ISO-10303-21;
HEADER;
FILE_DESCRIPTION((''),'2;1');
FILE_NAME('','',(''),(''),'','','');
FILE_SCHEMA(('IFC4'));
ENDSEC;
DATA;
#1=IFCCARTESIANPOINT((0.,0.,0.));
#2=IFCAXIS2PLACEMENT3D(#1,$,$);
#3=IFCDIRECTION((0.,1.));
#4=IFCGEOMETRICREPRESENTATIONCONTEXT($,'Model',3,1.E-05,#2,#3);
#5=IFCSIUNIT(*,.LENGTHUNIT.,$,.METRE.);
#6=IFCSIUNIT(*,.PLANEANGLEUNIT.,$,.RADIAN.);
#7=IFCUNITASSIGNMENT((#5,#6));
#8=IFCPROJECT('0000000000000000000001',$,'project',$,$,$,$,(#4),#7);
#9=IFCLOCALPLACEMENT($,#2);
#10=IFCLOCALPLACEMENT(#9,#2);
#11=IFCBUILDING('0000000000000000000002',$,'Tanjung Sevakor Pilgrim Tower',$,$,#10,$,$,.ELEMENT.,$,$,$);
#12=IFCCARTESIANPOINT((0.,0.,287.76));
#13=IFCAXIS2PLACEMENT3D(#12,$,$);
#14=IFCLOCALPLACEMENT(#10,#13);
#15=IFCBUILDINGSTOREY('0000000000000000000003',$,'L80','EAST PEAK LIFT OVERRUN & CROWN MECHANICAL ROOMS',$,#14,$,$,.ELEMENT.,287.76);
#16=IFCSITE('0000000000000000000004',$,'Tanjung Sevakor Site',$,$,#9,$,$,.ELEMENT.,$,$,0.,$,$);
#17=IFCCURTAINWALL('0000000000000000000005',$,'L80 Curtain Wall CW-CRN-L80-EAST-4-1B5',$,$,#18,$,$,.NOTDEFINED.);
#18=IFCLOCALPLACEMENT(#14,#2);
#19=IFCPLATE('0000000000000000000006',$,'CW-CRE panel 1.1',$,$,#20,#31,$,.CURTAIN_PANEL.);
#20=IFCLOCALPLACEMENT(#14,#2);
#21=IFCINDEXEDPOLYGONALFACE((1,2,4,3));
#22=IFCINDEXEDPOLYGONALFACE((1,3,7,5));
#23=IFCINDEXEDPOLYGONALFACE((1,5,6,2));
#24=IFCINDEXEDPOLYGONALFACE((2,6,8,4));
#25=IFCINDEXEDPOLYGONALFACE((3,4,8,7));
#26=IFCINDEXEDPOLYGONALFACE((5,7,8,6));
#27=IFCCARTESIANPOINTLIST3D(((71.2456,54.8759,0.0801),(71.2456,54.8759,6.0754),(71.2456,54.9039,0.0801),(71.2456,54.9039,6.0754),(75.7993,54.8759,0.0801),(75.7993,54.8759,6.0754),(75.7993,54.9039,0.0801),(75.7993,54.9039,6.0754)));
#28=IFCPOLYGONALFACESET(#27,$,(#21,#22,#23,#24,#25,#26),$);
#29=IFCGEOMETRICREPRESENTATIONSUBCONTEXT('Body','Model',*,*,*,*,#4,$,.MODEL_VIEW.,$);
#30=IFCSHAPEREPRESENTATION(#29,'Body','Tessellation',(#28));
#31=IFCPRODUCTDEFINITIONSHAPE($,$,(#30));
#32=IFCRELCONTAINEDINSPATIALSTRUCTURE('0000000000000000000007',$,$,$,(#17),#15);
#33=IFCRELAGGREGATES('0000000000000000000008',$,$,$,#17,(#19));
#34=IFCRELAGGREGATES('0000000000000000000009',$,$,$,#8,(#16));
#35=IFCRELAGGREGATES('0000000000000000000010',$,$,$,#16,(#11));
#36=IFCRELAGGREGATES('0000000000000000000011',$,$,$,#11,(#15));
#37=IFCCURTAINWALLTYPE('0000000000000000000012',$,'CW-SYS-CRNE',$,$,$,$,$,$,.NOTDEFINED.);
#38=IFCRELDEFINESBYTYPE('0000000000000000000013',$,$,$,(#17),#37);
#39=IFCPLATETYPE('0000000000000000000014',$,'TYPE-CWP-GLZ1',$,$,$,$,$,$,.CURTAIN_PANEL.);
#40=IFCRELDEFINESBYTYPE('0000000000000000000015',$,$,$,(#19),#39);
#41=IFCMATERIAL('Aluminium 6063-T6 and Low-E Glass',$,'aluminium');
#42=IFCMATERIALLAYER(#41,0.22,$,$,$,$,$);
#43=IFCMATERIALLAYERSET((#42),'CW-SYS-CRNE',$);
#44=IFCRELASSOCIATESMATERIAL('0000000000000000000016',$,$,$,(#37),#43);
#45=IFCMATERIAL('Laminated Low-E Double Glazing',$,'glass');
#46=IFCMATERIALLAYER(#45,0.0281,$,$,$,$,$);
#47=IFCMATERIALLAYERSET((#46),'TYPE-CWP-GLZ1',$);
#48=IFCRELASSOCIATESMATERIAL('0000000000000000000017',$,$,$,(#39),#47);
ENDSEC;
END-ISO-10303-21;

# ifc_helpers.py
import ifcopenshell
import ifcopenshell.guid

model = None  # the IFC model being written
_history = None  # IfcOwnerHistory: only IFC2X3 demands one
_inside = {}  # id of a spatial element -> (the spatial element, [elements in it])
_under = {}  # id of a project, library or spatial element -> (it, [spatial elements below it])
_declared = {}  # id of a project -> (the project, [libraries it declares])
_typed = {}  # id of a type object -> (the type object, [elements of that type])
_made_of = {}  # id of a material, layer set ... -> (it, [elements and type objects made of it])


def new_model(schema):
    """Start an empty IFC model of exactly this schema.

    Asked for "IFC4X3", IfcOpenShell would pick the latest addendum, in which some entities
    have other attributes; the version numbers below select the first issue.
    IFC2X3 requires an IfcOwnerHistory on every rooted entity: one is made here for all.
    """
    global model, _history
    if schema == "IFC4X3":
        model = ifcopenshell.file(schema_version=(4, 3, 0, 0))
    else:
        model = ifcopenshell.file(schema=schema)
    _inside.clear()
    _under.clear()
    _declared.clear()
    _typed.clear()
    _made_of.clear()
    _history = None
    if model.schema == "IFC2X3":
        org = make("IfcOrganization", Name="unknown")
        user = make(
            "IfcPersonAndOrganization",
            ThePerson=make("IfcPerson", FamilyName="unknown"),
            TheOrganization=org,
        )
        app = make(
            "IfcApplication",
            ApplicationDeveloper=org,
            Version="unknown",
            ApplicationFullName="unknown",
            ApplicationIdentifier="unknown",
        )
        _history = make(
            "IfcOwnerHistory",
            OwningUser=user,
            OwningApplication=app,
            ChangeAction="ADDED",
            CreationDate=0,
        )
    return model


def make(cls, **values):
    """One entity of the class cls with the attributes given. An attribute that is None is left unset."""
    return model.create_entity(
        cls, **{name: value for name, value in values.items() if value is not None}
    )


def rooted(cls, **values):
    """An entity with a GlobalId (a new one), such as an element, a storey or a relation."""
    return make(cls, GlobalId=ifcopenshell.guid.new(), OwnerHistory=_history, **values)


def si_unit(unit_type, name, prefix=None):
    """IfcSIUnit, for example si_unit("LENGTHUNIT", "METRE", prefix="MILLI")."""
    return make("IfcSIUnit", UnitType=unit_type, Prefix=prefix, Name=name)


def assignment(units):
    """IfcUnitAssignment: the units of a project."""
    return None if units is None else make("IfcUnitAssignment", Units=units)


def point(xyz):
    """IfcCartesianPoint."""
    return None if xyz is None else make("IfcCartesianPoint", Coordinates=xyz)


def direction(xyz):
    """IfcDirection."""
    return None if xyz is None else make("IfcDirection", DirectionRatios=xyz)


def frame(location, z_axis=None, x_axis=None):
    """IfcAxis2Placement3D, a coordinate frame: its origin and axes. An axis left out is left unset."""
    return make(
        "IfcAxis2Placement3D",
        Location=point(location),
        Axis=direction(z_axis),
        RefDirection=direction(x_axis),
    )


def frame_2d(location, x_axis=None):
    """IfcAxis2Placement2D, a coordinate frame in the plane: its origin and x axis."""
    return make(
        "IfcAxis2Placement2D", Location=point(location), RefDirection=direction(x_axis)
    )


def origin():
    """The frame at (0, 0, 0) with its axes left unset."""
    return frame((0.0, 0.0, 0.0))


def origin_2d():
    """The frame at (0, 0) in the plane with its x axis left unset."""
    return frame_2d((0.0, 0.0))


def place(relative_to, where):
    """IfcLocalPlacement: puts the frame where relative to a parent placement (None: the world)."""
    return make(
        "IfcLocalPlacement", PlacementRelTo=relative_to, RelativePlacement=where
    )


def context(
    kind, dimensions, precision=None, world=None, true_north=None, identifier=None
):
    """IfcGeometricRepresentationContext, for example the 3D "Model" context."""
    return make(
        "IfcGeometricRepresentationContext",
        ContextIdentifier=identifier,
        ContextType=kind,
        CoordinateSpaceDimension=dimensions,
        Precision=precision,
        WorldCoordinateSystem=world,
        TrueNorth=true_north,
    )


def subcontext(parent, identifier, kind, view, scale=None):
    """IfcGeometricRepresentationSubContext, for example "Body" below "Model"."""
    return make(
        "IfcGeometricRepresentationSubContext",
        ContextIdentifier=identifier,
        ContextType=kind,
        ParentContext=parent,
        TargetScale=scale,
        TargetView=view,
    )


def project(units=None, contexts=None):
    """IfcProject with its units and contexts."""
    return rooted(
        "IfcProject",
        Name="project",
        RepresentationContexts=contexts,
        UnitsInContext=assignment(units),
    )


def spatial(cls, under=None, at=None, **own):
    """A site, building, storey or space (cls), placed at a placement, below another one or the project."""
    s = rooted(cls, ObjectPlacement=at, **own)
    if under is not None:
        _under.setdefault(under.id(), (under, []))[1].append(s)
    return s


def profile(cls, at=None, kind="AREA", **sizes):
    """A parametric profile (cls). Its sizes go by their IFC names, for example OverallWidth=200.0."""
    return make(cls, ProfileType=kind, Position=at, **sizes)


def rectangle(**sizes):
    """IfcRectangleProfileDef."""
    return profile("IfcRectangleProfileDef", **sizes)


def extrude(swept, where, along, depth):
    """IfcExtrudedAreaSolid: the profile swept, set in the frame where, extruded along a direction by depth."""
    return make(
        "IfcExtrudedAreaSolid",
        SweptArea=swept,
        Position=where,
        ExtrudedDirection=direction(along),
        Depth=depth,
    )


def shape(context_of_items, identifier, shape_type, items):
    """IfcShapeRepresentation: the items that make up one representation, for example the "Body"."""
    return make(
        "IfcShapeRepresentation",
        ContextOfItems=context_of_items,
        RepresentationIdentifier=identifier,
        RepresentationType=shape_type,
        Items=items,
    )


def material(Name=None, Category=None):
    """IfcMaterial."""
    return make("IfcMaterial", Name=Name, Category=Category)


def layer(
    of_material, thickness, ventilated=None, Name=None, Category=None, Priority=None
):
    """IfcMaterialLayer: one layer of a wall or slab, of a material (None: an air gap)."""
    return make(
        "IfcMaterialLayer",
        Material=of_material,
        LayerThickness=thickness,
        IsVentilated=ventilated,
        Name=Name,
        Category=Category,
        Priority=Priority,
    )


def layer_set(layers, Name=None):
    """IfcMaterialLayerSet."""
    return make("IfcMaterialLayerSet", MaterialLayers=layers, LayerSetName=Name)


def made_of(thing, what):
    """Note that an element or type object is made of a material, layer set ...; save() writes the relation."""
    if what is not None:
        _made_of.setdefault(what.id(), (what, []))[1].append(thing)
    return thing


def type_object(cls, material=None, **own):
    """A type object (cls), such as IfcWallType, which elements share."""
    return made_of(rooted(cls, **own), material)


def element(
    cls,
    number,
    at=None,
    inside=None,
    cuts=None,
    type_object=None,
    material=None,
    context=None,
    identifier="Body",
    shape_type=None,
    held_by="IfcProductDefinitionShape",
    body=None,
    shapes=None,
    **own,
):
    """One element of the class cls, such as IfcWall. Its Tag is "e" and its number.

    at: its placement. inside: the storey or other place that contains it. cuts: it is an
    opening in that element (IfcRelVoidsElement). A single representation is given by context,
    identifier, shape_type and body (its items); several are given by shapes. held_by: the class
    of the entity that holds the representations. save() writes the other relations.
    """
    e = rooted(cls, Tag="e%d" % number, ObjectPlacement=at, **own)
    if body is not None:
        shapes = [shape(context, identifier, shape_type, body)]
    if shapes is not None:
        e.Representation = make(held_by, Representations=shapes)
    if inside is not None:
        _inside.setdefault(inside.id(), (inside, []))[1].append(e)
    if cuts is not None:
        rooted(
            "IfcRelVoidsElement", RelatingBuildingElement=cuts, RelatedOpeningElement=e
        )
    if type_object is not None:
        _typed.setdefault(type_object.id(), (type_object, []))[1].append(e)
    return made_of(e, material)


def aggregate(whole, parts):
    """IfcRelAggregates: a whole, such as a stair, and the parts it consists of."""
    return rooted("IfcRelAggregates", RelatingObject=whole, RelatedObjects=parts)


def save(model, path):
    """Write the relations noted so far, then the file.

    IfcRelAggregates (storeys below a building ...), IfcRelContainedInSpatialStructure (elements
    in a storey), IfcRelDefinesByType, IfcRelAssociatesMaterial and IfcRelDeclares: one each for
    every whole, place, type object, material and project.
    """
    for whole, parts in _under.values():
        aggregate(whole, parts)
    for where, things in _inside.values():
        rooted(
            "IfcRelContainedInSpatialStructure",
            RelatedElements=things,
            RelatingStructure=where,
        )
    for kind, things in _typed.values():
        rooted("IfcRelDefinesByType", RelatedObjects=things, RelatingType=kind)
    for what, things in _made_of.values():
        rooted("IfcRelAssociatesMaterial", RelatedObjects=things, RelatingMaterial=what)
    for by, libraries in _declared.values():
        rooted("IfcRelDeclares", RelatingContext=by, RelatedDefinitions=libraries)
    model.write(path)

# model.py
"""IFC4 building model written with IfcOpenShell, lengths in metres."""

from ifc_helpers import new_model, si_unit, direction, frame, origin, origin_2d, place, context, subcontext, project, spatial, rectangle, extrude, material, layer, layer_set, type_object, element, aggregate, save


model = new_model("IFC4")

# Units and contexts
model_context = context("Model", 3, precision=1e-05, world=origin(), true_north=direction((0.0, 1.0)))
body_context = subcontext(model_context, "Body", "Model", "MODEL_VIEW")
ifc_project = project(units=[si_unit("LENGTHUNIT", "METRE"), si_unit("PLANEANGLEUNIT", "RADIAN")], contexts=[model_context])

# Site, building, storey
site_placement = place(None, origin())
site = spatial("IfcSite", under=ifc_project, at=site_placement, Name="Tanjung Sevakor Site", CompositionType="ELEMENT", RefElevation=0.0)
building_placement = place(site_placement, origin())
building = spatial("IfcBuilding", under=site, at=building_placement, Name="Tanjung Sevakor Pilgrim Tower", CompositionType="ELEMENT")
storey_placement = place(building_placement, frame((0.0, 0.0, 287.76)))
storey = spatial("IfcBuildingStorey", under=building, at=storey_placement, Name="L80", Description="EAST PEAK LIFT OVERRUN & CROWN MECHANICAL ROOMS", CompositionType="ELEMENT", Elevation=287.76)

# Shared definitions
ifc_material_1 = material(Name="Aluminium 6063-T6 and Low-E Glass", Category="aluminium")
ifc_layer_1 = layer(ifc_material_1, 0.22)
ifc_layer_set_1 = layer_set([ifc_layer_1], Name="CW-SYS-CRNE")
curtain_wall_type = type_object("IfcCurtainWallType", Name="CW-SYS-CRNE", PredefinedType="NOTDEFINED", material=ifc_layer_set_1)

# Curtain wall
curtain_wall_1_placement = place(storey_placement, origin())
curtain_wall_1 = element("IfcCurtainWall", 1, at=curtain_wall_1_placement, inside=storey, type_object=curtain_wall_type, Name="L80 Curtain Wall CW-CRN-L80-EAST-4-1B5", PredefinedType="NOTDEFINED")

# Plate
ifc_material_2 = material(Name="Laminated Low-E Double Glazing", Category="glass")
ifc_layer_2 = layer(ifc_material_2, 0.0281)
ifc_layer_set_2 = layer_set([ifc_layer_2], Name="TYPE-CWP-GLZ1")
plate_type_1 = type_object("IfcPlateType", Name="TYPE-CWP-GLZ1", PredefinedType="CURTAIN_PANEL", material=ifc_layer_set_2)
plate_1_placement = place(storey_placement, frame((73.5225, 54.8899, 0.0801), z_axis=(0.0, 0.0, 1.0), x_axis=(-1.0, 0.0, 0.0)))
plate_1 = element("IfcPlate", 2, at=plate_1_placement, type_object=plate_type_1, Name="CW-CRE panel 1.1", PredefinedType="CURTAIN_PANEL", context=body_context, shape_type="SweptSolid", body=[
    extrude(rectangle(XDim=4.5537, YDim=0.0281, at=origin_2d()), origin(), (0.0, 0.0, 1.0), 5.9954),
])
aggregate(curtain_wall_1, [plate_1])

save(model, "model.ifc")
